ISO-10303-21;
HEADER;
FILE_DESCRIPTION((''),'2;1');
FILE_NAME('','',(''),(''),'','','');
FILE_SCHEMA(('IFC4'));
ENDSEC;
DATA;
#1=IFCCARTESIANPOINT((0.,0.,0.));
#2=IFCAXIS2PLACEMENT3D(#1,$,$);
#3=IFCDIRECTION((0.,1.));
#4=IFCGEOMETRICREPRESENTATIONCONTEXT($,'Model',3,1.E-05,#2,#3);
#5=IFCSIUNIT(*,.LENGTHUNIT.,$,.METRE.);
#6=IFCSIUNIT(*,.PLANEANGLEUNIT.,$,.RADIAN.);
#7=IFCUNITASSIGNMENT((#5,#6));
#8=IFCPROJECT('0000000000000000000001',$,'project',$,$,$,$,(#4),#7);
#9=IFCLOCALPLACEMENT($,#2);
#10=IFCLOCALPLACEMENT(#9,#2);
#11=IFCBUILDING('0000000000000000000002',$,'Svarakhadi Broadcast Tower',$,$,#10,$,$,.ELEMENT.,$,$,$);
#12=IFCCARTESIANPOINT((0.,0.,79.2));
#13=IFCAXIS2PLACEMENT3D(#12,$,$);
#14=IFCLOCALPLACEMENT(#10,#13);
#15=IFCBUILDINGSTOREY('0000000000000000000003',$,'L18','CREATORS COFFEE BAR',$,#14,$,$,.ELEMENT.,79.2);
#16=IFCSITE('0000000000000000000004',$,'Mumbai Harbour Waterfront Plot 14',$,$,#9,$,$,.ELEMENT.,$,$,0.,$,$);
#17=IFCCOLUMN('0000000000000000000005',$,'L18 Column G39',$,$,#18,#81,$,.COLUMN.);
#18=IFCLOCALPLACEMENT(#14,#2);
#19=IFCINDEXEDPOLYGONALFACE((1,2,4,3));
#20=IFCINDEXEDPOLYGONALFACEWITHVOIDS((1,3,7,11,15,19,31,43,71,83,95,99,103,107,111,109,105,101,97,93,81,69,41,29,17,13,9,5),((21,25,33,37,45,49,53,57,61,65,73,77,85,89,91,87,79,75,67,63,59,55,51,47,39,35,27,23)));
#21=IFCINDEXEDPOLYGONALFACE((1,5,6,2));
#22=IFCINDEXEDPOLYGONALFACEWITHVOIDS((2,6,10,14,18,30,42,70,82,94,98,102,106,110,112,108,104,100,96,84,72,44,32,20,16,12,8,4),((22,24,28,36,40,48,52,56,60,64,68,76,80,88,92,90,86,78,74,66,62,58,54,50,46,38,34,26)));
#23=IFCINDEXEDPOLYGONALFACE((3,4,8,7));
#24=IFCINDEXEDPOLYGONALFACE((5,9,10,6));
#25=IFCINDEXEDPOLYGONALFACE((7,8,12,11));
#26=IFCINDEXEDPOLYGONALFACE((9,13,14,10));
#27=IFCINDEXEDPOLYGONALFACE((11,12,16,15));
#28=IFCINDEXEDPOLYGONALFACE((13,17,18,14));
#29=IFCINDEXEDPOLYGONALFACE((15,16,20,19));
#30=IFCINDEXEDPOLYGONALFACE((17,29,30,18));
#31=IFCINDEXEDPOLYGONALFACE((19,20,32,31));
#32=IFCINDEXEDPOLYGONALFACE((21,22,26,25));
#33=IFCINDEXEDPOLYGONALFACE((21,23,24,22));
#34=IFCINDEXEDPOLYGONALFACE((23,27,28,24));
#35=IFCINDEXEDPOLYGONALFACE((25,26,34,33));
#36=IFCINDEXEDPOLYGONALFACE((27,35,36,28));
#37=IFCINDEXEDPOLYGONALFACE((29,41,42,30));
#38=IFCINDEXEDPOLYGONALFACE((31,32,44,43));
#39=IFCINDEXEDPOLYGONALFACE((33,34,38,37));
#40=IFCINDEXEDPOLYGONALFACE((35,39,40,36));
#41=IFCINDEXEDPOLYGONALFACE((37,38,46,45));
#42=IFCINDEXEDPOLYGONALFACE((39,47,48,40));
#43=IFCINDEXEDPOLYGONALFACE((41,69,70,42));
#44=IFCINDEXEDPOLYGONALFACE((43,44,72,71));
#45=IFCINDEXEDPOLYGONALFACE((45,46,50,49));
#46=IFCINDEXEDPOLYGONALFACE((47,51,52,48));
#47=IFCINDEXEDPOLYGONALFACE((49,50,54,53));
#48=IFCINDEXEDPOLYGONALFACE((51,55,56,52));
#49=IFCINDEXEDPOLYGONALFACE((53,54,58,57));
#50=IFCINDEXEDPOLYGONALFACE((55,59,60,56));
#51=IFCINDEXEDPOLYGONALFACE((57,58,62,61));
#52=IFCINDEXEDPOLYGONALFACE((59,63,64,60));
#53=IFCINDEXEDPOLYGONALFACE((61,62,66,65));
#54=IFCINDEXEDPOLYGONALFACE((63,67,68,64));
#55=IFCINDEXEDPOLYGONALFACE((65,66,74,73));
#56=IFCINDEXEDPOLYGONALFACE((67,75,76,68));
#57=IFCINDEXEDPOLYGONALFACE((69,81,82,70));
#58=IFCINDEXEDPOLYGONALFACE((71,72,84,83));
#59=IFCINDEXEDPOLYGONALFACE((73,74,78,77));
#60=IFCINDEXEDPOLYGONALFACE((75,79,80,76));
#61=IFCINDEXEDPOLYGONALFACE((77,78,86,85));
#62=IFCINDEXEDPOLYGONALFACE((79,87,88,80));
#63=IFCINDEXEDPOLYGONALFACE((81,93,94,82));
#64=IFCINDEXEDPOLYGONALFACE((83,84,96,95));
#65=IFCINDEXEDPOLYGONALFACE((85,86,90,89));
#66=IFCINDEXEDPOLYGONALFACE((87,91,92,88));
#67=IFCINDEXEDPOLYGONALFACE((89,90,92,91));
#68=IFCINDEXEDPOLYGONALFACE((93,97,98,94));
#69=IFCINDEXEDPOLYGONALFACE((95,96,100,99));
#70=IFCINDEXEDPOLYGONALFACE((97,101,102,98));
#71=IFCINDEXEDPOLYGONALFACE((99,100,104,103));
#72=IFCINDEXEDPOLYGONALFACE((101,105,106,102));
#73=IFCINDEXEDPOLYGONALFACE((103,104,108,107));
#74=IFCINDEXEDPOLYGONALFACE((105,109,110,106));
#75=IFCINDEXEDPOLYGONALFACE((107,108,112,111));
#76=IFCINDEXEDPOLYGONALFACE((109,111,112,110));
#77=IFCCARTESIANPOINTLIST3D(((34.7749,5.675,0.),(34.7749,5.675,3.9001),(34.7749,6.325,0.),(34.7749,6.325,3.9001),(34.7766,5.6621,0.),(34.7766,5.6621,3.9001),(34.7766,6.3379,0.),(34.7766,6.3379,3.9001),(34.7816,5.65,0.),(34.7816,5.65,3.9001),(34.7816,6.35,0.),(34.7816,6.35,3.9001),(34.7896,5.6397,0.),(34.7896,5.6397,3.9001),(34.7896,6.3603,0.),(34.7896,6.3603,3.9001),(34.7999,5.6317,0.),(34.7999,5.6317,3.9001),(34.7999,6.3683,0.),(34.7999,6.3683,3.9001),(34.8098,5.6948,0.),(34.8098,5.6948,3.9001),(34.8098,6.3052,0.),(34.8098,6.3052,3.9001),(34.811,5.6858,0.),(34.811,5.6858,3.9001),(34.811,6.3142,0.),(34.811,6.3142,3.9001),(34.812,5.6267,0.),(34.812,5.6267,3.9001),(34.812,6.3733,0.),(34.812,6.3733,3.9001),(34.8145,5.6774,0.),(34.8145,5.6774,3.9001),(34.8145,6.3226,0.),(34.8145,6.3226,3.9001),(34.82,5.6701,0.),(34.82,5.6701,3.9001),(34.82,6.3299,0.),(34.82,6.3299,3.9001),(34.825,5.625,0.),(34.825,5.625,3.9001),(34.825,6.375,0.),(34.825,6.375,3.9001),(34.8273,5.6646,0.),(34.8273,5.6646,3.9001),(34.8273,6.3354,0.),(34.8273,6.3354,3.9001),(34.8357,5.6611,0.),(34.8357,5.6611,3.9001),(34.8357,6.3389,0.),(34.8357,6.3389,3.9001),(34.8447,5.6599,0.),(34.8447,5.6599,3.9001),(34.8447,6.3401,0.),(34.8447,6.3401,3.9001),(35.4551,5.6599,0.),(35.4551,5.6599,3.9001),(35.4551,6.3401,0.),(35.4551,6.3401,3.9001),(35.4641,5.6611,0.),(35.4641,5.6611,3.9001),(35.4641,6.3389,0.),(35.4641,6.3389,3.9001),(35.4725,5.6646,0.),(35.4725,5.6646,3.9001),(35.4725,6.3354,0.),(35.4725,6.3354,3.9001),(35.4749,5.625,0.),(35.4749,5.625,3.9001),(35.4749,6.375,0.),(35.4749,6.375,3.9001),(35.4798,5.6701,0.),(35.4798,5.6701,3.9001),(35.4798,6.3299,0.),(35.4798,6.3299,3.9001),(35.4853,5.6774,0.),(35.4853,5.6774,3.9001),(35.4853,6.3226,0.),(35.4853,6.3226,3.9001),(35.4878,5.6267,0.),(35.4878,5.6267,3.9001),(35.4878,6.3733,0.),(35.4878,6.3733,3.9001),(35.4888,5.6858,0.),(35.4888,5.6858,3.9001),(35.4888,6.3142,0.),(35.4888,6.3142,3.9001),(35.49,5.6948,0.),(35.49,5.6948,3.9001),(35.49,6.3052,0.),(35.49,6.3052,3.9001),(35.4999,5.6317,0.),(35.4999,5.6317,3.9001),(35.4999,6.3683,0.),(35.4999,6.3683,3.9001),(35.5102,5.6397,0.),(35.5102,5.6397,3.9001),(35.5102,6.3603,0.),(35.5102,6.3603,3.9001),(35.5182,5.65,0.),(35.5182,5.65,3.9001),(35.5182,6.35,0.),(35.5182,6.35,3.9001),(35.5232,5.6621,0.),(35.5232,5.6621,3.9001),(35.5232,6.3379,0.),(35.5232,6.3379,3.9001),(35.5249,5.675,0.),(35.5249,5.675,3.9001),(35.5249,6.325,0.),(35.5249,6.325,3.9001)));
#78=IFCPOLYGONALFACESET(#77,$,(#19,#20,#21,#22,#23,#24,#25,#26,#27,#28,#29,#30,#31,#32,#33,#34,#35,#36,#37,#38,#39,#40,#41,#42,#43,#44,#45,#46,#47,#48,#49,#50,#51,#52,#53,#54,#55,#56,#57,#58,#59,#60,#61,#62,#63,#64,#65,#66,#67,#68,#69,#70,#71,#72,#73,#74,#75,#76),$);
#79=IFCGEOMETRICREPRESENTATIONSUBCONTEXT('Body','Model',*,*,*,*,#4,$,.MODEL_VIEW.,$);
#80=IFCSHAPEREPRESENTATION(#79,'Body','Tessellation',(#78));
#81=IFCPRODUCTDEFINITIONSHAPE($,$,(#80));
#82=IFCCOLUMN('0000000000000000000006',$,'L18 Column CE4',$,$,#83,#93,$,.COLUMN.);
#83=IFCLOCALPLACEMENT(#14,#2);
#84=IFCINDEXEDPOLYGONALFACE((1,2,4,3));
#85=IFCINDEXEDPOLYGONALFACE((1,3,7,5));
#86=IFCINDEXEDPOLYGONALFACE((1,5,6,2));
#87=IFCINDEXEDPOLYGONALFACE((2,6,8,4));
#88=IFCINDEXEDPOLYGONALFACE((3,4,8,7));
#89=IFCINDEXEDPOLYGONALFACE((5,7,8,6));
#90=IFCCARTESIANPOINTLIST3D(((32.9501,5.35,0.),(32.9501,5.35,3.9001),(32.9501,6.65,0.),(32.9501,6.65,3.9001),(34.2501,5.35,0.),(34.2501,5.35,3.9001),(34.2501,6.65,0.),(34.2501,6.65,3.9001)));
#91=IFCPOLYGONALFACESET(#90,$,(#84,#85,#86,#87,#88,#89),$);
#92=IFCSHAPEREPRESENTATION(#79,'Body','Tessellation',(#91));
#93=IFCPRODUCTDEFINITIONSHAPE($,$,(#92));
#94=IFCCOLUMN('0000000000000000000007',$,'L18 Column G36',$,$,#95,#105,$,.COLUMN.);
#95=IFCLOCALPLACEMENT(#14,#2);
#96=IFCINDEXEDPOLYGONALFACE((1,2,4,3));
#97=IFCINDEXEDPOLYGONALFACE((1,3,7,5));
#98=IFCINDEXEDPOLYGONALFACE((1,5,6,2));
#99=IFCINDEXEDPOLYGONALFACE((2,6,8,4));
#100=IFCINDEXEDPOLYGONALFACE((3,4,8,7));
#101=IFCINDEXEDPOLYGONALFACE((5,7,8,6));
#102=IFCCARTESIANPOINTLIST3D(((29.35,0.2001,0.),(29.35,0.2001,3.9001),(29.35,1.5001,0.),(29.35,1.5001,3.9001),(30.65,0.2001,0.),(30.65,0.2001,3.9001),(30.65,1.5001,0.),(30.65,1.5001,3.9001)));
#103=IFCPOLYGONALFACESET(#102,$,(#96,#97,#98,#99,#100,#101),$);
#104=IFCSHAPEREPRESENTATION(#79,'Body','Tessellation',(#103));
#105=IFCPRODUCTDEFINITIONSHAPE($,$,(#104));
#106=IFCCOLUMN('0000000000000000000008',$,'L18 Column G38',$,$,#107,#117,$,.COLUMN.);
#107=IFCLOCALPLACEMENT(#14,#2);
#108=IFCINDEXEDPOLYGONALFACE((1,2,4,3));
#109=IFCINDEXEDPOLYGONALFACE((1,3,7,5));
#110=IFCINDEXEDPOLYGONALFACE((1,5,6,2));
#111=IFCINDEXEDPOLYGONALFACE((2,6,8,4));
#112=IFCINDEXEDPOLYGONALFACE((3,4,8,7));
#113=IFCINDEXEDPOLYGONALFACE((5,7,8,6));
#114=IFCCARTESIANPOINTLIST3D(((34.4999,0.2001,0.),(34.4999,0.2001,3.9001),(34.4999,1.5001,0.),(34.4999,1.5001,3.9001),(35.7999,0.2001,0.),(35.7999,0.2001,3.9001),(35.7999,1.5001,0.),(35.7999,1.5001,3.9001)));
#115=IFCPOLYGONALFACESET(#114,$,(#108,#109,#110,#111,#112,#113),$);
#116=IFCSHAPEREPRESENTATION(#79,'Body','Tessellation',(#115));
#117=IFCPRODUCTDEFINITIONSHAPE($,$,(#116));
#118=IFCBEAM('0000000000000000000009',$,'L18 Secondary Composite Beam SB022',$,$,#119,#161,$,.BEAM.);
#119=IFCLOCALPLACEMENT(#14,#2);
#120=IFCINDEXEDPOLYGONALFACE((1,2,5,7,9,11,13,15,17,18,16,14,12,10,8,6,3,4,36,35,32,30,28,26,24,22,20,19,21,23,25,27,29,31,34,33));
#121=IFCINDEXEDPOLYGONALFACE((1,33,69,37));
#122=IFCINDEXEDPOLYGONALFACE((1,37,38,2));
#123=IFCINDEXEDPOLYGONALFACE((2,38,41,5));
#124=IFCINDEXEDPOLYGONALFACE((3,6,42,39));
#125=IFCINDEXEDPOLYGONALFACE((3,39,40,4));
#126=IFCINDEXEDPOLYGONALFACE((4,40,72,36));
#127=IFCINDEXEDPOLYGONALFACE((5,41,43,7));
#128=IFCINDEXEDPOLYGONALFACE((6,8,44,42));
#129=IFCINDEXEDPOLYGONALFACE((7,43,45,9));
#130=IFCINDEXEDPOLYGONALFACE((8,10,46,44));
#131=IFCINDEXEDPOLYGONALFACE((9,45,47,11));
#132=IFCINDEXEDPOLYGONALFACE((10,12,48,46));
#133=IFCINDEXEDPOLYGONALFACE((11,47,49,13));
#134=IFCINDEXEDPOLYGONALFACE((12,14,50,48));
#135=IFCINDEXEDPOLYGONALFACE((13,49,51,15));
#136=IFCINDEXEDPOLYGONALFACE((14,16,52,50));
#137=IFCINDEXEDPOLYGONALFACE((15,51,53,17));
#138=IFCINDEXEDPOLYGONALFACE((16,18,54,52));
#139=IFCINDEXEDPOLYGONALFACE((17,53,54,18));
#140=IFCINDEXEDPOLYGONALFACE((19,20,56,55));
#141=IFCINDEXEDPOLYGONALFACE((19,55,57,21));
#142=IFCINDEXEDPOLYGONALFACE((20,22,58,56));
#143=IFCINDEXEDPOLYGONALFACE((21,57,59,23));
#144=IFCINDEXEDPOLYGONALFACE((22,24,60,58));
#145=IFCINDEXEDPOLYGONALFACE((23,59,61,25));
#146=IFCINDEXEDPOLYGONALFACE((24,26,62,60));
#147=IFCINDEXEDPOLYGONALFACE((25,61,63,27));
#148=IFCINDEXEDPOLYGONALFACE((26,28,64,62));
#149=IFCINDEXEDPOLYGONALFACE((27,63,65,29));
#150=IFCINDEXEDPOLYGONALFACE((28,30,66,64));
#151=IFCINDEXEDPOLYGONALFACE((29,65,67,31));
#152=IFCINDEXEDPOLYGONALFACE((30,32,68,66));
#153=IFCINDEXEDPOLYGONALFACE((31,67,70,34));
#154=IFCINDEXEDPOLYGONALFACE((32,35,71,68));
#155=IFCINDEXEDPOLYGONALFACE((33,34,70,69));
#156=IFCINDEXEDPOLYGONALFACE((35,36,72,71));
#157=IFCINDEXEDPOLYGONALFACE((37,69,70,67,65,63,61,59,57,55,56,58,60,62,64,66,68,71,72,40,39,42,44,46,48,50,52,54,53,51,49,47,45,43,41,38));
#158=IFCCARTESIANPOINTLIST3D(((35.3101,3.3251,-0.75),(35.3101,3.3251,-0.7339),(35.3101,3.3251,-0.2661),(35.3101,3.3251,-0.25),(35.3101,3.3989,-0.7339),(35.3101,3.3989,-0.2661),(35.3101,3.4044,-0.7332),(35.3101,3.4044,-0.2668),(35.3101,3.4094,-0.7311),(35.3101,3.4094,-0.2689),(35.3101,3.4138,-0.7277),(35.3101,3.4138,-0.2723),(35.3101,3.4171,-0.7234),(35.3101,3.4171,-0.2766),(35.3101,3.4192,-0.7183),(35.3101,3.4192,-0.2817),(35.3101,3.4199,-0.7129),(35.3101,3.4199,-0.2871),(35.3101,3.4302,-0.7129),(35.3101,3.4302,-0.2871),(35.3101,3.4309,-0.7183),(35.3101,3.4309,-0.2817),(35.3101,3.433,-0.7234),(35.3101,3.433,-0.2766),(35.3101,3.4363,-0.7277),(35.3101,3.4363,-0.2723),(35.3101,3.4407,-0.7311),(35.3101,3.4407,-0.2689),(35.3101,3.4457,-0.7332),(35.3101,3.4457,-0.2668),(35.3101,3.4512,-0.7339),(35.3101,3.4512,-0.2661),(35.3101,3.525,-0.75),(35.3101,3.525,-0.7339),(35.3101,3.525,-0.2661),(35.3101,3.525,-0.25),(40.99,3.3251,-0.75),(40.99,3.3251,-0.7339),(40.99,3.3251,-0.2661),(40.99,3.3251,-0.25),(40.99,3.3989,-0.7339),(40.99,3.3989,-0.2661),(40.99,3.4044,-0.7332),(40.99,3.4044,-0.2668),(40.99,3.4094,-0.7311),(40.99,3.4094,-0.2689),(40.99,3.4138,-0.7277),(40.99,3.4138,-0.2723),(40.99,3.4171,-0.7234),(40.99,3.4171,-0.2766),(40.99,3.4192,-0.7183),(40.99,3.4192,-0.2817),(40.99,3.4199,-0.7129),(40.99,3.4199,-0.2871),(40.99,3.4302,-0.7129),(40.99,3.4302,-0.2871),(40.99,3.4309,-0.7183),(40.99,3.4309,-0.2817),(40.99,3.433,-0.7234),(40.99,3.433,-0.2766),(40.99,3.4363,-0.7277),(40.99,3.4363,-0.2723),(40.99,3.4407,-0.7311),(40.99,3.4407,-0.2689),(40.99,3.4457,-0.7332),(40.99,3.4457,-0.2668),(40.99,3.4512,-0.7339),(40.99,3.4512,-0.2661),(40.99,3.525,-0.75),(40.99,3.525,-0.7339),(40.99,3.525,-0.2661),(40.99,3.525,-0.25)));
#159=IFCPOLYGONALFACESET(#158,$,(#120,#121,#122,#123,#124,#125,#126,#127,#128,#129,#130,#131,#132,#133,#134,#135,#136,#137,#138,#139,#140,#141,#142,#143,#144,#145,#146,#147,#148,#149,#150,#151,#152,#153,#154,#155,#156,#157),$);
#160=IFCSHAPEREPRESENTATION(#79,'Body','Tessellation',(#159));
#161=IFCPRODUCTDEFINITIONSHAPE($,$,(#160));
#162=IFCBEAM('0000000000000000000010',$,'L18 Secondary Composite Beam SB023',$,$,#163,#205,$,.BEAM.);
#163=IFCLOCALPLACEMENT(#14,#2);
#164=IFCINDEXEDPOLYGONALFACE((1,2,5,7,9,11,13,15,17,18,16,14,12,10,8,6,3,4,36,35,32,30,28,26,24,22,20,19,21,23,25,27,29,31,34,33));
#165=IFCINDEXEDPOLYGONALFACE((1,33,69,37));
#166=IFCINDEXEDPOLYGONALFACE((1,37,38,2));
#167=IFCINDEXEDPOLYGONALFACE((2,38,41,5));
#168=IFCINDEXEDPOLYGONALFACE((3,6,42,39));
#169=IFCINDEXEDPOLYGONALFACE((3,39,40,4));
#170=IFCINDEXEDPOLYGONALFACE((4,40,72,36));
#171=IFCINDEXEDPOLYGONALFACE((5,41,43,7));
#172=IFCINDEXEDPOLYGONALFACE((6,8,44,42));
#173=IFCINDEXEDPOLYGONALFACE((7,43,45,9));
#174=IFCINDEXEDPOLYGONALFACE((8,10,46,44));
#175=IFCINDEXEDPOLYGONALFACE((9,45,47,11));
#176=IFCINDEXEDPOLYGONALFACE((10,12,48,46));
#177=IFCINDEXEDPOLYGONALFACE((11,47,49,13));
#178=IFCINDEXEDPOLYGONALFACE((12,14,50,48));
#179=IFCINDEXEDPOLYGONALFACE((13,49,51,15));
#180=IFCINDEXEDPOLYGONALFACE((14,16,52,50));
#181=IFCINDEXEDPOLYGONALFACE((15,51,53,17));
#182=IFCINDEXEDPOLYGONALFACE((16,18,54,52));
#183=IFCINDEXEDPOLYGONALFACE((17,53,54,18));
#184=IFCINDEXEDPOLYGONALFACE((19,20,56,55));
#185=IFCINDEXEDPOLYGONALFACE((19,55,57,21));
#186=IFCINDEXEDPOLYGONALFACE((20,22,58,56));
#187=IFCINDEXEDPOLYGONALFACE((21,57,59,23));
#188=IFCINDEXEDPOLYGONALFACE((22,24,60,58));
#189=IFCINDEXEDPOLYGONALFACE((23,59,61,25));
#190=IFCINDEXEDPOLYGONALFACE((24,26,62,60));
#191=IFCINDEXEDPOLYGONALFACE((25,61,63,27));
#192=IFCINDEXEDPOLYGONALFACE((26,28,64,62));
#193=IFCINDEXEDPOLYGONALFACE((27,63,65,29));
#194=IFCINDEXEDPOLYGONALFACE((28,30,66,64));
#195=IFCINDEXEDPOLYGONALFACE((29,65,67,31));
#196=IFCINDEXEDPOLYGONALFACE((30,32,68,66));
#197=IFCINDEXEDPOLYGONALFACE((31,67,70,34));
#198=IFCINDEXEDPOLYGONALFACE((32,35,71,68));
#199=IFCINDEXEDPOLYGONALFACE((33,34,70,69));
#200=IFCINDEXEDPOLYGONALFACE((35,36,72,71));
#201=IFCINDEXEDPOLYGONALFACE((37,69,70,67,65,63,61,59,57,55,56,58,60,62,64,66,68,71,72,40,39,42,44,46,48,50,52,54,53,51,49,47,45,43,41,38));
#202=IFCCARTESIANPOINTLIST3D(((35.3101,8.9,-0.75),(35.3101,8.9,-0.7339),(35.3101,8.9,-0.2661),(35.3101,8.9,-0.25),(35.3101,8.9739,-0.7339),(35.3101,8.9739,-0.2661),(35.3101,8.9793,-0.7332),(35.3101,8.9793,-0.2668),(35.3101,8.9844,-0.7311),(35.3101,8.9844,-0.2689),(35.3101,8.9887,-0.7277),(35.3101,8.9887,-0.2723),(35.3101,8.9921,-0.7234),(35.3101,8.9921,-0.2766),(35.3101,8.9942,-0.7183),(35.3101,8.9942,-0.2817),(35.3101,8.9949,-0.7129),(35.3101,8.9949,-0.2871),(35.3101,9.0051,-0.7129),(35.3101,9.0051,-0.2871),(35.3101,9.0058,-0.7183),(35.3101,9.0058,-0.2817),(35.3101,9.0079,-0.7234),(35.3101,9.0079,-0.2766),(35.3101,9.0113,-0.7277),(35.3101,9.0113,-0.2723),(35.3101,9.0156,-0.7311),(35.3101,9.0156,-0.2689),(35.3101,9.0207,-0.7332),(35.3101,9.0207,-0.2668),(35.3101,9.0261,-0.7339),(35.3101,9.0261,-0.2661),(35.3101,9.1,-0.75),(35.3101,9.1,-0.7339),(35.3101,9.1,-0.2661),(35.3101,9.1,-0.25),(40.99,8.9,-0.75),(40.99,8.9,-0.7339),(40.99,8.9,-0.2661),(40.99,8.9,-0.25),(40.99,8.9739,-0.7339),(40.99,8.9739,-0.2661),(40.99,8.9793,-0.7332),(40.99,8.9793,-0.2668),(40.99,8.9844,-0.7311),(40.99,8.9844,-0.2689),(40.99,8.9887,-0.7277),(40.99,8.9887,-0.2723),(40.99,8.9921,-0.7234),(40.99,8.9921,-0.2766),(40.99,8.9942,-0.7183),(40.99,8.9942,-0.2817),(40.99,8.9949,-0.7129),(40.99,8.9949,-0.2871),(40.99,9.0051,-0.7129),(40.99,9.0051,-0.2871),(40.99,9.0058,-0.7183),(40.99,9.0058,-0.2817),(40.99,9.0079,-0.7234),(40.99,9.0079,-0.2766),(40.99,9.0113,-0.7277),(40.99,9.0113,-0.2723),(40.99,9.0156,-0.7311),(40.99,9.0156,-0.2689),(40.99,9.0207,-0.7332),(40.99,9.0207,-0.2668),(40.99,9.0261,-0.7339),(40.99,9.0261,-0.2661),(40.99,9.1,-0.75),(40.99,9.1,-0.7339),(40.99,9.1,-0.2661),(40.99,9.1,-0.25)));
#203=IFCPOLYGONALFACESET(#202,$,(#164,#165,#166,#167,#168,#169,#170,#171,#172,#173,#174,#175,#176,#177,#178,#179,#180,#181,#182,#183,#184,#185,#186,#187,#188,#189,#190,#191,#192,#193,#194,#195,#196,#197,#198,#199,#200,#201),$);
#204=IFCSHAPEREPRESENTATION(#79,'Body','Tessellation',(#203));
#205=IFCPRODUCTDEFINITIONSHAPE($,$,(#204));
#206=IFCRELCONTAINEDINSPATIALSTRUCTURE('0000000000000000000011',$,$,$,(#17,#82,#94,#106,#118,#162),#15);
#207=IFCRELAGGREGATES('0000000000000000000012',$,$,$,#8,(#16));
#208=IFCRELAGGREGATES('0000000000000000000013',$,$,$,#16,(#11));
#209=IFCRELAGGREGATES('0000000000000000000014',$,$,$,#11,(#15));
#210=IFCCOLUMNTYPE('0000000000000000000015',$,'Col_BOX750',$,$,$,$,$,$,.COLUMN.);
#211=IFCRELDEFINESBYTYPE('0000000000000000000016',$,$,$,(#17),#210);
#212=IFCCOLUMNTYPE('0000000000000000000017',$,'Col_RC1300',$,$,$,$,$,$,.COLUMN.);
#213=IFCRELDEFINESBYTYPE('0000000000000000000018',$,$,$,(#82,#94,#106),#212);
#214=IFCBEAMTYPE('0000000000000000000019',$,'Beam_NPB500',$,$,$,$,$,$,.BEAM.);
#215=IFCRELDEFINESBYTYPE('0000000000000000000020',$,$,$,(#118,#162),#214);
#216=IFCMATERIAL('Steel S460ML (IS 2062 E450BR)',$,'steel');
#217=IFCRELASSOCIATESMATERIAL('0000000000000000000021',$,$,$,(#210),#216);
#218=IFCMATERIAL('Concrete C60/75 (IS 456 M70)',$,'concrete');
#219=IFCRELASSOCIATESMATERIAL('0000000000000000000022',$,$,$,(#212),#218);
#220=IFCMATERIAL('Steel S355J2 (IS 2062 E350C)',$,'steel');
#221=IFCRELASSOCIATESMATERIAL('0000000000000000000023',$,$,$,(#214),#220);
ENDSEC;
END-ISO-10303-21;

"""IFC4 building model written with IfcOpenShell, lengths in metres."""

from ifc_helpers import new_model, si_unit, direction, frame, origin, origin_2d, place, context, subcontext, project, spatial, rectangle, hollow_rectangle, i_section, extrude, material, material_profile, profile_set, type_object, element, save


model = new_model("IFC4")

# Units and contexts
model_context = context("Model", 3, precision=1e-05, world=origin(), true_north=direction((0.0, 1.0)))
body_context = subcontext(model_context, "Body", "Model", "MODEL_VIEW")
ifc_project = project(units=[si_unit("LENGTHUNIT", "METRE"), si_unit("PLANEANGLEUNIT", "RADIAN")], contexts=[model_context])

# Site, building, storey
site_placement = place(None, origin())
site = spatial("IfcSite", under=ifc_project, at=site_placement, Name="Mumbai Harbour Waterfront Plot 14", CompositionType="ELEMENT", RefElevation=0.0)
building_placement = place(site_placement, origin())
building = spatial("IfcBuilding", under=site, at=building_placement, Name="Svarakhadi Broadcast Tower", CompositionType="ELEMENT")
storey_placement = place(building_placement, frame((0.0, 0.0, 79.2)))
storey = spatial("IfcBuildingStorey", under=building, at=storey_placement, Name="L18", Description="CREATORS COFFEE BAR", CompositionType="ELEMENT", Elevation=79.2)

# Columns
ifc_material_1 = material(Name="Steel S460ML (IS 2062 E450BR)", Category="steel")
ifc_material_profile_1 = material_profile(ifc_material_1, hollow_rectangle(XDim=0.75, YDim=0.75, WallThickness=0.0349, InnerFilletRadius=0.0349, OuterFilletRadius=0.05, at=origin_2d()), Name="BOX 750x750x35")
ifc_profile_set_1 = profile_set([ifc_material_profile_1], Name="Steel S460ML (IS 2062 E450BR)")
column_type_1 = type_object("IfcColumnType", Name="Col_BOX750", PredefinedType="COLUMN", material=ifc_profile_set_1)
column_placement = place(storey_placement, frame((35.1499, 6.0, 0.0), z_axis=(0.0, 0.0, 1.0), x_axis=(1.0, 0.0, 0.0)))
element("IfcColumn", 1, at=column_placement, inside=storey, type_object=column_type_1, Name="L18 Column G39", PredefinedType="COLUMN", context=body_context, shape_type="SweptSolid", body=[
    extrude(hollow_rectangle(XDim=0.75, YDim=0.75, WallThickness=0.0349, InnerFilletRadius=0.0349, OuterFilletRadius=0.05, at=origin_2d()), origin(), (0.0, 0.0, 1.0), 3.9001),
])
ifc_material_2 = material(Name="Concrete C60/75 (IS 456 M70)", Category="concrete")
ifc_material_profile_2 = material_profile(ifc_material_2, rectangle(XDim=1.3, YDim=1.3, at=origin_2d()), Name="RC 1300x1300")
ifc_profile_set_2 = profile_set([ifc_material_profile_2], Name="Concrete C60/75 (IS 456 M70)")
column_type_2 = type_object("IfcColumnType", Name="Col_RC1300", PredefinedType="COLUMN", material=ifc_profile_set_2)
for number, where, z_axis, x_axis, name in (
    (2, (33.6001, 6.0, 0.0), (0.0, 0.0, 1.0), (1.0, 0.0, 0.0), "L18 Column CE4"),
    (3, (30.0, 0.8501, 0.0), (0.0, 0.0, 1.0), (1.0, 0.0, 0.0), "L18 Column G36"),
    (4, (35.1499, 0.8501, 0.0), (0.0, 0.0, 1.0), (1.0, 0.0, 0.0), "L18 Column G38"),
):
    element("IfcColumn", number, at=place(storey_placement, frame(where, z_axis=z_axis, x_axis=x_axis)), inside=storey, type_object=column_type_2, Name=name, PredefinedType="COLUMN", context=body_context, shape_type="SweptSolid", body=[
        extrude(rectangle(XDim=1.3, YDim=1.3, at=origin_2d()), origin(), (0.0, 0.0, 1.0), 3.9001),
    ])

# Beams
ifc_material_3 = material(Name="Steel S355J2 (IS 2062 E350C)", Category="steel")
ifc_material_profile_3 = material_profile(ifc_material_3, i_section(OverallWidth=0.2, OverallDepth=0.5, WebThickness=0.0103, FlangeThickness=0.0161, FilletRadius=0.021, at=origin_2d()), Name="NPB 500x200x91")
ifc_profile_set_3 = profile_set([ifc_material_profile_3], Name="Steel S355J2 (IS 2062 E350C)")
beam_type_1 = type_object("IfcBeamType", Name="Beam_NPB500", PredefinedType="BEAM", material=ifc_profile_set_3)
for number, where, z_axis, x_axis, name in (
    (5, (35.3101, 3.425, -0.5), (1.0, 0.0, 0.0), (0.0, 1.0, 0.0), "L18 Secondary Composite Beam SB022"),
    (6, (35.3101, 9.0, -0.5), (1.0, 0.0, 0.0), (0.0, 1.0, 0.0), "L18 Secondary Composite Beam SB023"),
):
    element("IfcBeam", number, at=place(storey_placement, frame(where, z_axis=z_axis, x_axis=x_axis)), inside=storey, type_object=beam_type_1, Name=name, PredefinedType="BEAM", context=body_context, shape_type="SweptSolid", body=[
        extrude(i_section(OverallWidth=0.2, OverallDepth=0.5, WebThickness=0.0103, FlangeThickness=0.0161, FilletRadius=0.021, at=origin_2d()), origin(), (0.0, 0.0, 1.0), 5.6799),
    ])

save(model, "model.ifc")
